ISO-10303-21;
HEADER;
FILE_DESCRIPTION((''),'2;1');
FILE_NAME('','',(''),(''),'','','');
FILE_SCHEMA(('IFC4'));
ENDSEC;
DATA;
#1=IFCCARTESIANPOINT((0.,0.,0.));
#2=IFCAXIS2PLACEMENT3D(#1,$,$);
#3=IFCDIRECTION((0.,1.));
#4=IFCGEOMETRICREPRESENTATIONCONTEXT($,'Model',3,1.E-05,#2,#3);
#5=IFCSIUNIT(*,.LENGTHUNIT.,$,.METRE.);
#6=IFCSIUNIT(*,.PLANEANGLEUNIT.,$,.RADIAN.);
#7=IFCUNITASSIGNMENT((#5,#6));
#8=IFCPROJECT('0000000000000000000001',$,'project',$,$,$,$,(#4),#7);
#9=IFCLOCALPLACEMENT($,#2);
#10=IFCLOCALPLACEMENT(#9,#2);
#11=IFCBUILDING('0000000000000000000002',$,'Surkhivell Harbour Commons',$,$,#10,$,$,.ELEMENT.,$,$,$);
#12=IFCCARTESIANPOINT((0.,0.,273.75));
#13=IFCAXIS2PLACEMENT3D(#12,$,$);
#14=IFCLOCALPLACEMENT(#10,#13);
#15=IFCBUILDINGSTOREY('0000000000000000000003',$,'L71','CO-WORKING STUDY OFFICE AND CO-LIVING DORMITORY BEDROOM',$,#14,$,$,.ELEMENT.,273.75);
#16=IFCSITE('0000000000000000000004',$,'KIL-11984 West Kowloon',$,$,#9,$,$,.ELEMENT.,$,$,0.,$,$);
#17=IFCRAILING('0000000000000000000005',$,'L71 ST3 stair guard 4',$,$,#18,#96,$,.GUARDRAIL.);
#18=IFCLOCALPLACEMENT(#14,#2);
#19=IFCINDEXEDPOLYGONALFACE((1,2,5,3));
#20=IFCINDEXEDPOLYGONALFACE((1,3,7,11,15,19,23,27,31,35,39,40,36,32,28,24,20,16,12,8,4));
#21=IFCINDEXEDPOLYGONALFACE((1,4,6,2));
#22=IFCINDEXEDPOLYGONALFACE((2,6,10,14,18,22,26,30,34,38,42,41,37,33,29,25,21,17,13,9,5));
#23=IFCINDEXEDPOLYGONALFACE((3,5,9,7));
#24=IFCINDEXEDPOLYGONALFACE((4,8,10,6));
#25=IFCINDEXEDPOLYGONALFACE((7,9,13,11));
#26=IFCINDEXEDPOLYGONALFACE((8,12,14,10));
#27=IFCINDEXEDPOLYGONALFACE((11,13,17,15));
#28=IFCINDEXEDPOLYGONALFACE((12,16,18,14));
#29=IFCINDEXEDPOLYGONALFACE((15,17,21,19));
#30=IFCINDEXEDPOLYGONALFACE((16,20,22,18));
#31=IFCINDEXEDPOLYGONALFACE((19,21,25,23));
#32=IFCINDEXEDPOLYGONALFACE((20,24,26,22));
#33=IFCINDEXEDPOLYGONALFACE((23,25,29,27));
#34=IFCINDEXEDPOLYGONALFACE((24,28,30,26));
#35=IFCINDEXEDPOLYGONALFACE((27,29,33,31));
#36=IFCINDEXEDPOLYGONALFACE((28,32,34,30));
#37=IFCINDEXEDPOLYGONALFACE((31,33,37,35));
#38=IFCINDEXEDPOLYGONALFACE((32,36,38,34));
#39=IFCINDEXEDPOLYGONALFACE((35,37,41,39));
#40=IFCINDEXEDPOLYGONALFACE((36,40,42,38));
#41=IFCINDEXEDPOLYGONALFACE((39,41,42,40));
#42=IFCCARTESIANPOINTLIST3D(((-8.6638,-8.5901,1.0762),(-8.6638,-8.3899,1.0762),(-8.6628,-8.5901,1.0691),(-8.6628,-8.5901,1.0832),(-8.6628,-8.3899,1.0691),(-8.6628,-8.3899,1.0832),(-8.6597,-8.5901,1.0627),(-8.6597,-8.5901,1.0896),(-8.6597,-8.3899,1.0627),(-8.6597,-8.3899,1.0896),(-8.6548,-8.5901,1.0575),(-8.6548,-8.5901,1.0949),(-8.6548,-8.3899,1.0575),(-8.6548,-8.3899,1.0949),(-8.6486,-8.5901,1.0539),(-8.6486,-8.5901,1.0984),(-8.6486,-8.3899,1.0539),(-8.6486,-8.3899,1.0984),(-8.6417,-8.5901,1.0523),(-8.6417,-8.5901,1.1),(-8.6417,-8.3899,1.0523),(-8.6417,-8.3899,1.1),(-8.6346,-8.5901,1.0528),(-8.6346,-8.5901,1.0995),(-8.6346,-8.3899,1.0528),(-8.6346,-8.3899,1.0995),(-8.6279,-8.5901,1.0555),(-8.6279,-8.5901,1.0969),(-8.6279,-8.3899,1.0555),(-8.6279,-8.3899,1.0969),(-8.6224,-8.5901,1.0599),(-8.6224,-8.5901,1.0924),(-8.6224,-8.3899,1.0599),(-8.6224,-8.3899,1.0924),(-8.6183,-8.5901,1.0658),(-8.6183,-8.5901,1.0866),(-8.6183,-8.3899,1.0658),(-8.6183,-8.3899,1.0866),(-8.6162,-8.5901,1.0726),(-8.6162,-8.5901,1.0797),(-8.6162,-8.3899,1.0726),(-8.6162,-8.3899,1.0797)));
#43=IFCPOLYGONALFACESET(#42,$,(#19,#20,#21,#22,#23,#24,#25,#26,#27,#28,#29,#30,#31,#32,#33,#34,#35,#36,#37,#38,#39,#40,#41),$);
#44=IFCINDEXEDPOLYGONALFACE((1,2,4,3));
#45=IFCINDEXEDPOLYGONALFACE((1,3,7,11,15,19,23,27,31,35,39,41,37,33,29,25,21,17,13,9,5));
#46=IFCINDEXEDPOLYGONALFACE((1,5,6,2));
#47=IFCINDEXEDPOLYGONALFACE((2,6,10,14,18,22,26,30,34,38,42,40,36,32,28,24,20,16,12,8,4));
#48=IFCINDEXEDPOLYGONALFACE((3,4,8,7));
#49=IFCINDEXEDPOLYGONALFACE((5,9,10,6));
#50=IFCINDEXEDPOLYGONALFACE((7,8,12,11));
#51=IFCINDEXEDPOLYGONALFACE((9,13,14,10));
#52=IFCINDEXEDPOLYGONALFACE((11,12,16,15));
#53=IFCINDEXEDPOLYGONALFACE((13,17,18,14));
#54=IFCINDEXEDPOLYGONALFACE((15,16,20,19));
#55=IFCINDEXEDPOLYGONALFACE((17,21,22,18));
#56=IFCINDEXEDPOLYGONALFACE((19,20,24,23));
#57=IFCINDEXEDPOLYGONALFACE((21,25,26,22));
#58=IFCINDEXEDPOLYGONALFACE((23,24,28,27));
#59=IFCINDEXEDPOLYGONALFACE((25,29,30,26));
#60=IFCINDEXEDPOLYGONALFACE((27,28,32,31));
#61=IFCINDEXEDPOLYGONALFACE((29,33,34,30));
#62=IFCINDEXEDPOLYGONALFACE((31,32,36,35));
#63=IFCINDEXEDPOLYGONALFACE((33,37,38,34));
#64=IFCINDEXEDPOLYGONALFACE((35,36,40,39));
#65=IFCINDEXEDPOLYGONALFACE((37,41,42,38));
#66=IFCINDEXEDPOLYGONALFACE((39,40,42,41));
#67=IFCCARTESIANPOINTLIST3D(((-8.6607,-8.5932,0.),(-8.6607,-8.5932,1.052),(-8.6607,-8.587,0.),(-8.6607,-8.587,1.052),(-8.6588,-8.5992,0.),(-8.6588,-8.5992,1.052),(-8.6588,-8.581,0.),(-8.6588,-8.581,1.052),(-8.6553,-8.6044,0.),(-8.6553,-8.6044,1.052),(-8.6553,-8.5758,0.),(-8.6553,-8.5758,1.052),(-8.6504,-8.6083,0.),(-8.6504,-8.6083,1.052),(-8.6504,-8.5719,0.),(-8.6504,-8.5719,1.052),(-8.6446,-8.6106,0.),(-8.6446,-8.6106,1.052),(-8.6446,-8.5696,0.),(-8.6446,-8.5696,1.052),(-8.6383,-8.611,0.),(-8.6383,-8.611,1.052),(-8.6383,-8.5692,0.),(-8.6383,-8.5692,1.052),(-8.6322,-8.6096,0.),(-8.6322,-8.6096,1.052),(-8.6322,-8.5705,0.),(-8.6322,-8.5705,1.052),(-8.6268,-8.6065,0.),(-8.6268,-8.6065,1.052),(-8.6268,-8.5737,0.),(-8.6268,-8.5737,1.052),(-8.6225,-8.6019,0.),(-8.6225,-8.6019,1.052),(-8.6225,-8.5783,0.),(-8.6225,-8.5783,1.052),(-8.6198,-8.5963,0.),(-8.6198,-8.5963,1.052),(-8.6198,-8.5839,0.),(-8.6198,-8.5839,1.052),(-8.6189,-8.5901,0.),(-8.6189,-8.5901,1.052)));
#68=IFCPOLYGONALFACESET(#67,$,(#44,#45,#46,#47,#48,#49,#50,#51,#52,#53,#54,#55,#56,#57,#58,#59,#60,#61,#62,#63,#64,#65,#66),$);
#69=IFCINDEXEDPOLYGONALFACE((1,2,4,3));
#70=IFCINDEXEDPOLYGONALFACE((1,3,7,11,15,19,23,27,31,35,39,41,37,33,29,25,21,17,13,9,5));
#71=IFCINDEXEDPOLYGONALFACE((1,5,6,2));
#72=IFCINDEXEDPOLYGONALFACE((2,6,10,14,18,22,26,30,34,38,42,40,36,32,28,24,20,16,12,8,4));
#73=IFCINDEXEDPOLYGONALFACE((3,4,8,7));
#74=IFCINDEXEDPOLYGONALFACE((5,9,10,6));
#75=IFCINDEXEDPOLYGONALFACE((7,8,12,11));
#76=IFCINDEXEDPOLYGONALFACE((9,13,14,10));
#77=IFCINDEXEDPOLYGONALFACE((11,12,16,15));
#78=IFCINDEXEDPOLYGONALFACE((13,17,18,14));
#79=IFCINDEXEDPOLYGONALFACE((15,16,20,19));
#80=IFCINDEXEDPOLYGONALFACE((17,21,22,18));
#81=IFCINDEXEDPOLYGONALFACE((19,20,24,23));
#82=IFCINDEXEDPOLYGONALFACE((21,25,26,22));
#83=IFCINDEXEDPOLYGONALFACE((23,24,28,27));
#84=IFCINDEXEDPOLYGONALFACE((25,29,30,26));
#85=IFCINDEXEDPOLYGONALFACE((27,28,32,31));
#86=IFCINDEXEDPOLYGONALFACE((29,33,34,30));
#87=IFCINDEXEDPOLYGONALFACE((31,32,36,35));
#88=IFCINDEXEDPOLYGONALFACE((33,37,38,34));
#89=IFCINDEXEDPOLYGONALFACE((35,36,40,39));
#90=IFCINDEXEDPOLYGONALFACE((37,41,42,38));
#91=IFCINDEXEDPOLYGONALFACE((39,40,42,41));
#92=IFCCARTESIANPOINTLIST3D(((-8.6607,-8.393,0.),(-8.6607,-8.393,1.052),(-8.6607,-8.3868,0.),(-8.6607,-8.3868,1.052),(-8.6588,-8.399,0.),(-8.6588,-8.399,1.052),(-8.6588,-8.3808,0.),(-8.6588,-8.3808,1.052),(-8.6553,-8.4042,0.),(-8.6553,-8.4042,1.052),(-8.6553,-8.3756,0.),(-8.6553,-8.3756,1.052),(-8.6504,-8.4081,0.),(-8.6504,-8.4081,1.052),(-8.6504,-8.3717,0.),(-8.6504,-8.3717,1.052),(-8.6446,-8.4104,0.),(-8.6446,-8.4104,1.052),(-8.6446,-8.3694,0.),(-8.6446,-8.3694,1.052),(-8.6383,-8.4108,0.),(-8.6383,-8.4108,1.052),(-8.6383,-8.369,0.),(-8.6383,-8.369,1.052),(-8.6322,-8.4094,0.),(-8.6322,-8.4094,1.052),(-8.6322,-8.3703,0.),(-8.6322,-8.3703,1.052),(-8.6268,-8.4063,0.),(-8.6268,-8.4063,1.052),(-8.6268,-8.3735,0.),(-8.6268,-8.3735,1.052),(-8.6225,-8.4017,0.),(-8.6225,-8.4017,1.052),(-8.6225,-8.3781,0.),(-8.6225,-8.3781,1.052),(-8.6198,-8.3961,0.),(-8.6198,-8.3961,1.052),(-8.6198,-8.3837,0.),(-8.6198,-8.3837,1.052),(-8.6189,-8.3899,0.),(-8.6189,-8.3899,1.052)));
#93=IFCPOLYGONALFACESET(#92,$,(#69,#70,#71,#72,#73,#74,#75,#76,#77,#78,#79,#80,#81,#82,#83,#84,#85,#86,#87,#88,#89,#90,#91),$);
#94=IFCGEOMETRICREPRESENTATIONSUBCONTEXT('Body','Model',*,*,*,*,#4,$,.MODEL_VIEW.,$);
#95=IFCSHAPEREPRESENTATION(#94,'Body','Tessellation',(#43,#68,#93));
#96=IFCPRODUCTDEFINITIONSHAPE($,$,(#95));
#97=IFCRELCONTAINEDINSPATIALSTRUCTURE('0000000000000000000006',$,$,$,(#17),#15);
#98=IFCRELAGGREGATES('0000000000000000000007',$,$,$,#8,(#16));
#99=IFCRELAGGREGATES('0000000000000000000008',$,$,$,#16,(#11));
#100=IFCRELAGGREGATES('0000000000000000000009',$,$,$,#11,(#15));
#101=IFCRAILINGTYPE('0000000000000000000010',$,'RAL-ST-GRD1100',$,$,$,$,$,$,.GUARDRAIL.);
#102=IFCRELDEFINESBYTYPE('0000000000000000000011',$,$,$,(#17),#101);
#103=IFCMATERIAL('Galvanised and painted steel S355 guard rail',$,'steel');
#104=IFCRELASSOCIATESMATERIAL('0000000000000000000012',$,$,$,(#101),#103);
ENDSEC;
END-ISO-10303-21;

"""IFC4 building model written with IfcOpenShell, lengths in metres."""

from ifc_helpers import new_model, si_unit, direction, frame, origin, origin_2d, place, context, subcontext, project, spatial, circle, extrude, material, type_object, element, save


model = new_model("IFC4")

# Units and contexts
model_context = context("Model", 3, precision=1e-05, world=origin(), true_north=direction((0.0, 1.0)))
body_context = subcontext(model_context, "Body", "Model", "MODEL_VIEW")
ifc_project = project(units=[si_unit("LENGTHUNIT", "METRE"), si_unit("PLANEANGLEUNIT", "RADIAN")], contexts=[model_context])

# Site, building, storey
site_placement = place(None, origin())
site = spatial("IfcSite", under=ifc_project, at=site_placement, Name="KIL-11984 West Kowloon", CompositionType="ELEMENT", RefElevation=0.0)
building_placement = place(site_placement, origin())
building = spatial("IfcBuilding", under=site, at=building_placement, Name="Surkhivell Harbour Commons", CompositionType="ELEMENT")
storey_placement = place(building_placement, frame((0.0, 0.0, 273.75)))
storey = spatial("IfcBuildingStorey", under=building, at=storey_placement, Name="L71", Description="CO-WORKING STUDY OFFICE AND CO-LIVING DORMITORY BEDROOM", CompositionType="ELEMENT", Elevation=273.75)

# Railing
ifc_material_1 = material(Name="Galvanised and painted steel S355 guard rail", Category="steel")
railing_type_1 = type_object("IfcRailingType", Name="RAL-ST-GRD1100", PredefinedType="GUARDRAIL", material=ifc_material_1)
railing_1_placement = place(storey_placement, frame((-8.6399, -8.5901, 0.0)))
element("IfcRailing", 1, at=railing_1_placement, inside=storey, type_object=railing_type_1, Name="L71 ST3 stair guard 4", PredefinedType="GUARDRAIL", context=body_context, shape_type="SweptSolid", body=[
    extrude(circle(Radius=0.0239, at=origin_2d()), frame((0.0, 0.0, 1.0762), z_axis=(0.0, 1.0, 0.0), x_axis=(-1.0, 0.0, 0.0)), (0.0, 0.0, 1.0), 0.2002),
    extrude(circle(Radius=0.021, at=origin_2d()), origin(), (0.0, 0.0, 1.0), 1.052),
    extrude(circle(Radius=0.021, at=origin_2d()), frame((0.0, 0.2002, 0.0)), (0.0, 0.0, 1.0), 1.052),
])

save(model, "model.ifc")
